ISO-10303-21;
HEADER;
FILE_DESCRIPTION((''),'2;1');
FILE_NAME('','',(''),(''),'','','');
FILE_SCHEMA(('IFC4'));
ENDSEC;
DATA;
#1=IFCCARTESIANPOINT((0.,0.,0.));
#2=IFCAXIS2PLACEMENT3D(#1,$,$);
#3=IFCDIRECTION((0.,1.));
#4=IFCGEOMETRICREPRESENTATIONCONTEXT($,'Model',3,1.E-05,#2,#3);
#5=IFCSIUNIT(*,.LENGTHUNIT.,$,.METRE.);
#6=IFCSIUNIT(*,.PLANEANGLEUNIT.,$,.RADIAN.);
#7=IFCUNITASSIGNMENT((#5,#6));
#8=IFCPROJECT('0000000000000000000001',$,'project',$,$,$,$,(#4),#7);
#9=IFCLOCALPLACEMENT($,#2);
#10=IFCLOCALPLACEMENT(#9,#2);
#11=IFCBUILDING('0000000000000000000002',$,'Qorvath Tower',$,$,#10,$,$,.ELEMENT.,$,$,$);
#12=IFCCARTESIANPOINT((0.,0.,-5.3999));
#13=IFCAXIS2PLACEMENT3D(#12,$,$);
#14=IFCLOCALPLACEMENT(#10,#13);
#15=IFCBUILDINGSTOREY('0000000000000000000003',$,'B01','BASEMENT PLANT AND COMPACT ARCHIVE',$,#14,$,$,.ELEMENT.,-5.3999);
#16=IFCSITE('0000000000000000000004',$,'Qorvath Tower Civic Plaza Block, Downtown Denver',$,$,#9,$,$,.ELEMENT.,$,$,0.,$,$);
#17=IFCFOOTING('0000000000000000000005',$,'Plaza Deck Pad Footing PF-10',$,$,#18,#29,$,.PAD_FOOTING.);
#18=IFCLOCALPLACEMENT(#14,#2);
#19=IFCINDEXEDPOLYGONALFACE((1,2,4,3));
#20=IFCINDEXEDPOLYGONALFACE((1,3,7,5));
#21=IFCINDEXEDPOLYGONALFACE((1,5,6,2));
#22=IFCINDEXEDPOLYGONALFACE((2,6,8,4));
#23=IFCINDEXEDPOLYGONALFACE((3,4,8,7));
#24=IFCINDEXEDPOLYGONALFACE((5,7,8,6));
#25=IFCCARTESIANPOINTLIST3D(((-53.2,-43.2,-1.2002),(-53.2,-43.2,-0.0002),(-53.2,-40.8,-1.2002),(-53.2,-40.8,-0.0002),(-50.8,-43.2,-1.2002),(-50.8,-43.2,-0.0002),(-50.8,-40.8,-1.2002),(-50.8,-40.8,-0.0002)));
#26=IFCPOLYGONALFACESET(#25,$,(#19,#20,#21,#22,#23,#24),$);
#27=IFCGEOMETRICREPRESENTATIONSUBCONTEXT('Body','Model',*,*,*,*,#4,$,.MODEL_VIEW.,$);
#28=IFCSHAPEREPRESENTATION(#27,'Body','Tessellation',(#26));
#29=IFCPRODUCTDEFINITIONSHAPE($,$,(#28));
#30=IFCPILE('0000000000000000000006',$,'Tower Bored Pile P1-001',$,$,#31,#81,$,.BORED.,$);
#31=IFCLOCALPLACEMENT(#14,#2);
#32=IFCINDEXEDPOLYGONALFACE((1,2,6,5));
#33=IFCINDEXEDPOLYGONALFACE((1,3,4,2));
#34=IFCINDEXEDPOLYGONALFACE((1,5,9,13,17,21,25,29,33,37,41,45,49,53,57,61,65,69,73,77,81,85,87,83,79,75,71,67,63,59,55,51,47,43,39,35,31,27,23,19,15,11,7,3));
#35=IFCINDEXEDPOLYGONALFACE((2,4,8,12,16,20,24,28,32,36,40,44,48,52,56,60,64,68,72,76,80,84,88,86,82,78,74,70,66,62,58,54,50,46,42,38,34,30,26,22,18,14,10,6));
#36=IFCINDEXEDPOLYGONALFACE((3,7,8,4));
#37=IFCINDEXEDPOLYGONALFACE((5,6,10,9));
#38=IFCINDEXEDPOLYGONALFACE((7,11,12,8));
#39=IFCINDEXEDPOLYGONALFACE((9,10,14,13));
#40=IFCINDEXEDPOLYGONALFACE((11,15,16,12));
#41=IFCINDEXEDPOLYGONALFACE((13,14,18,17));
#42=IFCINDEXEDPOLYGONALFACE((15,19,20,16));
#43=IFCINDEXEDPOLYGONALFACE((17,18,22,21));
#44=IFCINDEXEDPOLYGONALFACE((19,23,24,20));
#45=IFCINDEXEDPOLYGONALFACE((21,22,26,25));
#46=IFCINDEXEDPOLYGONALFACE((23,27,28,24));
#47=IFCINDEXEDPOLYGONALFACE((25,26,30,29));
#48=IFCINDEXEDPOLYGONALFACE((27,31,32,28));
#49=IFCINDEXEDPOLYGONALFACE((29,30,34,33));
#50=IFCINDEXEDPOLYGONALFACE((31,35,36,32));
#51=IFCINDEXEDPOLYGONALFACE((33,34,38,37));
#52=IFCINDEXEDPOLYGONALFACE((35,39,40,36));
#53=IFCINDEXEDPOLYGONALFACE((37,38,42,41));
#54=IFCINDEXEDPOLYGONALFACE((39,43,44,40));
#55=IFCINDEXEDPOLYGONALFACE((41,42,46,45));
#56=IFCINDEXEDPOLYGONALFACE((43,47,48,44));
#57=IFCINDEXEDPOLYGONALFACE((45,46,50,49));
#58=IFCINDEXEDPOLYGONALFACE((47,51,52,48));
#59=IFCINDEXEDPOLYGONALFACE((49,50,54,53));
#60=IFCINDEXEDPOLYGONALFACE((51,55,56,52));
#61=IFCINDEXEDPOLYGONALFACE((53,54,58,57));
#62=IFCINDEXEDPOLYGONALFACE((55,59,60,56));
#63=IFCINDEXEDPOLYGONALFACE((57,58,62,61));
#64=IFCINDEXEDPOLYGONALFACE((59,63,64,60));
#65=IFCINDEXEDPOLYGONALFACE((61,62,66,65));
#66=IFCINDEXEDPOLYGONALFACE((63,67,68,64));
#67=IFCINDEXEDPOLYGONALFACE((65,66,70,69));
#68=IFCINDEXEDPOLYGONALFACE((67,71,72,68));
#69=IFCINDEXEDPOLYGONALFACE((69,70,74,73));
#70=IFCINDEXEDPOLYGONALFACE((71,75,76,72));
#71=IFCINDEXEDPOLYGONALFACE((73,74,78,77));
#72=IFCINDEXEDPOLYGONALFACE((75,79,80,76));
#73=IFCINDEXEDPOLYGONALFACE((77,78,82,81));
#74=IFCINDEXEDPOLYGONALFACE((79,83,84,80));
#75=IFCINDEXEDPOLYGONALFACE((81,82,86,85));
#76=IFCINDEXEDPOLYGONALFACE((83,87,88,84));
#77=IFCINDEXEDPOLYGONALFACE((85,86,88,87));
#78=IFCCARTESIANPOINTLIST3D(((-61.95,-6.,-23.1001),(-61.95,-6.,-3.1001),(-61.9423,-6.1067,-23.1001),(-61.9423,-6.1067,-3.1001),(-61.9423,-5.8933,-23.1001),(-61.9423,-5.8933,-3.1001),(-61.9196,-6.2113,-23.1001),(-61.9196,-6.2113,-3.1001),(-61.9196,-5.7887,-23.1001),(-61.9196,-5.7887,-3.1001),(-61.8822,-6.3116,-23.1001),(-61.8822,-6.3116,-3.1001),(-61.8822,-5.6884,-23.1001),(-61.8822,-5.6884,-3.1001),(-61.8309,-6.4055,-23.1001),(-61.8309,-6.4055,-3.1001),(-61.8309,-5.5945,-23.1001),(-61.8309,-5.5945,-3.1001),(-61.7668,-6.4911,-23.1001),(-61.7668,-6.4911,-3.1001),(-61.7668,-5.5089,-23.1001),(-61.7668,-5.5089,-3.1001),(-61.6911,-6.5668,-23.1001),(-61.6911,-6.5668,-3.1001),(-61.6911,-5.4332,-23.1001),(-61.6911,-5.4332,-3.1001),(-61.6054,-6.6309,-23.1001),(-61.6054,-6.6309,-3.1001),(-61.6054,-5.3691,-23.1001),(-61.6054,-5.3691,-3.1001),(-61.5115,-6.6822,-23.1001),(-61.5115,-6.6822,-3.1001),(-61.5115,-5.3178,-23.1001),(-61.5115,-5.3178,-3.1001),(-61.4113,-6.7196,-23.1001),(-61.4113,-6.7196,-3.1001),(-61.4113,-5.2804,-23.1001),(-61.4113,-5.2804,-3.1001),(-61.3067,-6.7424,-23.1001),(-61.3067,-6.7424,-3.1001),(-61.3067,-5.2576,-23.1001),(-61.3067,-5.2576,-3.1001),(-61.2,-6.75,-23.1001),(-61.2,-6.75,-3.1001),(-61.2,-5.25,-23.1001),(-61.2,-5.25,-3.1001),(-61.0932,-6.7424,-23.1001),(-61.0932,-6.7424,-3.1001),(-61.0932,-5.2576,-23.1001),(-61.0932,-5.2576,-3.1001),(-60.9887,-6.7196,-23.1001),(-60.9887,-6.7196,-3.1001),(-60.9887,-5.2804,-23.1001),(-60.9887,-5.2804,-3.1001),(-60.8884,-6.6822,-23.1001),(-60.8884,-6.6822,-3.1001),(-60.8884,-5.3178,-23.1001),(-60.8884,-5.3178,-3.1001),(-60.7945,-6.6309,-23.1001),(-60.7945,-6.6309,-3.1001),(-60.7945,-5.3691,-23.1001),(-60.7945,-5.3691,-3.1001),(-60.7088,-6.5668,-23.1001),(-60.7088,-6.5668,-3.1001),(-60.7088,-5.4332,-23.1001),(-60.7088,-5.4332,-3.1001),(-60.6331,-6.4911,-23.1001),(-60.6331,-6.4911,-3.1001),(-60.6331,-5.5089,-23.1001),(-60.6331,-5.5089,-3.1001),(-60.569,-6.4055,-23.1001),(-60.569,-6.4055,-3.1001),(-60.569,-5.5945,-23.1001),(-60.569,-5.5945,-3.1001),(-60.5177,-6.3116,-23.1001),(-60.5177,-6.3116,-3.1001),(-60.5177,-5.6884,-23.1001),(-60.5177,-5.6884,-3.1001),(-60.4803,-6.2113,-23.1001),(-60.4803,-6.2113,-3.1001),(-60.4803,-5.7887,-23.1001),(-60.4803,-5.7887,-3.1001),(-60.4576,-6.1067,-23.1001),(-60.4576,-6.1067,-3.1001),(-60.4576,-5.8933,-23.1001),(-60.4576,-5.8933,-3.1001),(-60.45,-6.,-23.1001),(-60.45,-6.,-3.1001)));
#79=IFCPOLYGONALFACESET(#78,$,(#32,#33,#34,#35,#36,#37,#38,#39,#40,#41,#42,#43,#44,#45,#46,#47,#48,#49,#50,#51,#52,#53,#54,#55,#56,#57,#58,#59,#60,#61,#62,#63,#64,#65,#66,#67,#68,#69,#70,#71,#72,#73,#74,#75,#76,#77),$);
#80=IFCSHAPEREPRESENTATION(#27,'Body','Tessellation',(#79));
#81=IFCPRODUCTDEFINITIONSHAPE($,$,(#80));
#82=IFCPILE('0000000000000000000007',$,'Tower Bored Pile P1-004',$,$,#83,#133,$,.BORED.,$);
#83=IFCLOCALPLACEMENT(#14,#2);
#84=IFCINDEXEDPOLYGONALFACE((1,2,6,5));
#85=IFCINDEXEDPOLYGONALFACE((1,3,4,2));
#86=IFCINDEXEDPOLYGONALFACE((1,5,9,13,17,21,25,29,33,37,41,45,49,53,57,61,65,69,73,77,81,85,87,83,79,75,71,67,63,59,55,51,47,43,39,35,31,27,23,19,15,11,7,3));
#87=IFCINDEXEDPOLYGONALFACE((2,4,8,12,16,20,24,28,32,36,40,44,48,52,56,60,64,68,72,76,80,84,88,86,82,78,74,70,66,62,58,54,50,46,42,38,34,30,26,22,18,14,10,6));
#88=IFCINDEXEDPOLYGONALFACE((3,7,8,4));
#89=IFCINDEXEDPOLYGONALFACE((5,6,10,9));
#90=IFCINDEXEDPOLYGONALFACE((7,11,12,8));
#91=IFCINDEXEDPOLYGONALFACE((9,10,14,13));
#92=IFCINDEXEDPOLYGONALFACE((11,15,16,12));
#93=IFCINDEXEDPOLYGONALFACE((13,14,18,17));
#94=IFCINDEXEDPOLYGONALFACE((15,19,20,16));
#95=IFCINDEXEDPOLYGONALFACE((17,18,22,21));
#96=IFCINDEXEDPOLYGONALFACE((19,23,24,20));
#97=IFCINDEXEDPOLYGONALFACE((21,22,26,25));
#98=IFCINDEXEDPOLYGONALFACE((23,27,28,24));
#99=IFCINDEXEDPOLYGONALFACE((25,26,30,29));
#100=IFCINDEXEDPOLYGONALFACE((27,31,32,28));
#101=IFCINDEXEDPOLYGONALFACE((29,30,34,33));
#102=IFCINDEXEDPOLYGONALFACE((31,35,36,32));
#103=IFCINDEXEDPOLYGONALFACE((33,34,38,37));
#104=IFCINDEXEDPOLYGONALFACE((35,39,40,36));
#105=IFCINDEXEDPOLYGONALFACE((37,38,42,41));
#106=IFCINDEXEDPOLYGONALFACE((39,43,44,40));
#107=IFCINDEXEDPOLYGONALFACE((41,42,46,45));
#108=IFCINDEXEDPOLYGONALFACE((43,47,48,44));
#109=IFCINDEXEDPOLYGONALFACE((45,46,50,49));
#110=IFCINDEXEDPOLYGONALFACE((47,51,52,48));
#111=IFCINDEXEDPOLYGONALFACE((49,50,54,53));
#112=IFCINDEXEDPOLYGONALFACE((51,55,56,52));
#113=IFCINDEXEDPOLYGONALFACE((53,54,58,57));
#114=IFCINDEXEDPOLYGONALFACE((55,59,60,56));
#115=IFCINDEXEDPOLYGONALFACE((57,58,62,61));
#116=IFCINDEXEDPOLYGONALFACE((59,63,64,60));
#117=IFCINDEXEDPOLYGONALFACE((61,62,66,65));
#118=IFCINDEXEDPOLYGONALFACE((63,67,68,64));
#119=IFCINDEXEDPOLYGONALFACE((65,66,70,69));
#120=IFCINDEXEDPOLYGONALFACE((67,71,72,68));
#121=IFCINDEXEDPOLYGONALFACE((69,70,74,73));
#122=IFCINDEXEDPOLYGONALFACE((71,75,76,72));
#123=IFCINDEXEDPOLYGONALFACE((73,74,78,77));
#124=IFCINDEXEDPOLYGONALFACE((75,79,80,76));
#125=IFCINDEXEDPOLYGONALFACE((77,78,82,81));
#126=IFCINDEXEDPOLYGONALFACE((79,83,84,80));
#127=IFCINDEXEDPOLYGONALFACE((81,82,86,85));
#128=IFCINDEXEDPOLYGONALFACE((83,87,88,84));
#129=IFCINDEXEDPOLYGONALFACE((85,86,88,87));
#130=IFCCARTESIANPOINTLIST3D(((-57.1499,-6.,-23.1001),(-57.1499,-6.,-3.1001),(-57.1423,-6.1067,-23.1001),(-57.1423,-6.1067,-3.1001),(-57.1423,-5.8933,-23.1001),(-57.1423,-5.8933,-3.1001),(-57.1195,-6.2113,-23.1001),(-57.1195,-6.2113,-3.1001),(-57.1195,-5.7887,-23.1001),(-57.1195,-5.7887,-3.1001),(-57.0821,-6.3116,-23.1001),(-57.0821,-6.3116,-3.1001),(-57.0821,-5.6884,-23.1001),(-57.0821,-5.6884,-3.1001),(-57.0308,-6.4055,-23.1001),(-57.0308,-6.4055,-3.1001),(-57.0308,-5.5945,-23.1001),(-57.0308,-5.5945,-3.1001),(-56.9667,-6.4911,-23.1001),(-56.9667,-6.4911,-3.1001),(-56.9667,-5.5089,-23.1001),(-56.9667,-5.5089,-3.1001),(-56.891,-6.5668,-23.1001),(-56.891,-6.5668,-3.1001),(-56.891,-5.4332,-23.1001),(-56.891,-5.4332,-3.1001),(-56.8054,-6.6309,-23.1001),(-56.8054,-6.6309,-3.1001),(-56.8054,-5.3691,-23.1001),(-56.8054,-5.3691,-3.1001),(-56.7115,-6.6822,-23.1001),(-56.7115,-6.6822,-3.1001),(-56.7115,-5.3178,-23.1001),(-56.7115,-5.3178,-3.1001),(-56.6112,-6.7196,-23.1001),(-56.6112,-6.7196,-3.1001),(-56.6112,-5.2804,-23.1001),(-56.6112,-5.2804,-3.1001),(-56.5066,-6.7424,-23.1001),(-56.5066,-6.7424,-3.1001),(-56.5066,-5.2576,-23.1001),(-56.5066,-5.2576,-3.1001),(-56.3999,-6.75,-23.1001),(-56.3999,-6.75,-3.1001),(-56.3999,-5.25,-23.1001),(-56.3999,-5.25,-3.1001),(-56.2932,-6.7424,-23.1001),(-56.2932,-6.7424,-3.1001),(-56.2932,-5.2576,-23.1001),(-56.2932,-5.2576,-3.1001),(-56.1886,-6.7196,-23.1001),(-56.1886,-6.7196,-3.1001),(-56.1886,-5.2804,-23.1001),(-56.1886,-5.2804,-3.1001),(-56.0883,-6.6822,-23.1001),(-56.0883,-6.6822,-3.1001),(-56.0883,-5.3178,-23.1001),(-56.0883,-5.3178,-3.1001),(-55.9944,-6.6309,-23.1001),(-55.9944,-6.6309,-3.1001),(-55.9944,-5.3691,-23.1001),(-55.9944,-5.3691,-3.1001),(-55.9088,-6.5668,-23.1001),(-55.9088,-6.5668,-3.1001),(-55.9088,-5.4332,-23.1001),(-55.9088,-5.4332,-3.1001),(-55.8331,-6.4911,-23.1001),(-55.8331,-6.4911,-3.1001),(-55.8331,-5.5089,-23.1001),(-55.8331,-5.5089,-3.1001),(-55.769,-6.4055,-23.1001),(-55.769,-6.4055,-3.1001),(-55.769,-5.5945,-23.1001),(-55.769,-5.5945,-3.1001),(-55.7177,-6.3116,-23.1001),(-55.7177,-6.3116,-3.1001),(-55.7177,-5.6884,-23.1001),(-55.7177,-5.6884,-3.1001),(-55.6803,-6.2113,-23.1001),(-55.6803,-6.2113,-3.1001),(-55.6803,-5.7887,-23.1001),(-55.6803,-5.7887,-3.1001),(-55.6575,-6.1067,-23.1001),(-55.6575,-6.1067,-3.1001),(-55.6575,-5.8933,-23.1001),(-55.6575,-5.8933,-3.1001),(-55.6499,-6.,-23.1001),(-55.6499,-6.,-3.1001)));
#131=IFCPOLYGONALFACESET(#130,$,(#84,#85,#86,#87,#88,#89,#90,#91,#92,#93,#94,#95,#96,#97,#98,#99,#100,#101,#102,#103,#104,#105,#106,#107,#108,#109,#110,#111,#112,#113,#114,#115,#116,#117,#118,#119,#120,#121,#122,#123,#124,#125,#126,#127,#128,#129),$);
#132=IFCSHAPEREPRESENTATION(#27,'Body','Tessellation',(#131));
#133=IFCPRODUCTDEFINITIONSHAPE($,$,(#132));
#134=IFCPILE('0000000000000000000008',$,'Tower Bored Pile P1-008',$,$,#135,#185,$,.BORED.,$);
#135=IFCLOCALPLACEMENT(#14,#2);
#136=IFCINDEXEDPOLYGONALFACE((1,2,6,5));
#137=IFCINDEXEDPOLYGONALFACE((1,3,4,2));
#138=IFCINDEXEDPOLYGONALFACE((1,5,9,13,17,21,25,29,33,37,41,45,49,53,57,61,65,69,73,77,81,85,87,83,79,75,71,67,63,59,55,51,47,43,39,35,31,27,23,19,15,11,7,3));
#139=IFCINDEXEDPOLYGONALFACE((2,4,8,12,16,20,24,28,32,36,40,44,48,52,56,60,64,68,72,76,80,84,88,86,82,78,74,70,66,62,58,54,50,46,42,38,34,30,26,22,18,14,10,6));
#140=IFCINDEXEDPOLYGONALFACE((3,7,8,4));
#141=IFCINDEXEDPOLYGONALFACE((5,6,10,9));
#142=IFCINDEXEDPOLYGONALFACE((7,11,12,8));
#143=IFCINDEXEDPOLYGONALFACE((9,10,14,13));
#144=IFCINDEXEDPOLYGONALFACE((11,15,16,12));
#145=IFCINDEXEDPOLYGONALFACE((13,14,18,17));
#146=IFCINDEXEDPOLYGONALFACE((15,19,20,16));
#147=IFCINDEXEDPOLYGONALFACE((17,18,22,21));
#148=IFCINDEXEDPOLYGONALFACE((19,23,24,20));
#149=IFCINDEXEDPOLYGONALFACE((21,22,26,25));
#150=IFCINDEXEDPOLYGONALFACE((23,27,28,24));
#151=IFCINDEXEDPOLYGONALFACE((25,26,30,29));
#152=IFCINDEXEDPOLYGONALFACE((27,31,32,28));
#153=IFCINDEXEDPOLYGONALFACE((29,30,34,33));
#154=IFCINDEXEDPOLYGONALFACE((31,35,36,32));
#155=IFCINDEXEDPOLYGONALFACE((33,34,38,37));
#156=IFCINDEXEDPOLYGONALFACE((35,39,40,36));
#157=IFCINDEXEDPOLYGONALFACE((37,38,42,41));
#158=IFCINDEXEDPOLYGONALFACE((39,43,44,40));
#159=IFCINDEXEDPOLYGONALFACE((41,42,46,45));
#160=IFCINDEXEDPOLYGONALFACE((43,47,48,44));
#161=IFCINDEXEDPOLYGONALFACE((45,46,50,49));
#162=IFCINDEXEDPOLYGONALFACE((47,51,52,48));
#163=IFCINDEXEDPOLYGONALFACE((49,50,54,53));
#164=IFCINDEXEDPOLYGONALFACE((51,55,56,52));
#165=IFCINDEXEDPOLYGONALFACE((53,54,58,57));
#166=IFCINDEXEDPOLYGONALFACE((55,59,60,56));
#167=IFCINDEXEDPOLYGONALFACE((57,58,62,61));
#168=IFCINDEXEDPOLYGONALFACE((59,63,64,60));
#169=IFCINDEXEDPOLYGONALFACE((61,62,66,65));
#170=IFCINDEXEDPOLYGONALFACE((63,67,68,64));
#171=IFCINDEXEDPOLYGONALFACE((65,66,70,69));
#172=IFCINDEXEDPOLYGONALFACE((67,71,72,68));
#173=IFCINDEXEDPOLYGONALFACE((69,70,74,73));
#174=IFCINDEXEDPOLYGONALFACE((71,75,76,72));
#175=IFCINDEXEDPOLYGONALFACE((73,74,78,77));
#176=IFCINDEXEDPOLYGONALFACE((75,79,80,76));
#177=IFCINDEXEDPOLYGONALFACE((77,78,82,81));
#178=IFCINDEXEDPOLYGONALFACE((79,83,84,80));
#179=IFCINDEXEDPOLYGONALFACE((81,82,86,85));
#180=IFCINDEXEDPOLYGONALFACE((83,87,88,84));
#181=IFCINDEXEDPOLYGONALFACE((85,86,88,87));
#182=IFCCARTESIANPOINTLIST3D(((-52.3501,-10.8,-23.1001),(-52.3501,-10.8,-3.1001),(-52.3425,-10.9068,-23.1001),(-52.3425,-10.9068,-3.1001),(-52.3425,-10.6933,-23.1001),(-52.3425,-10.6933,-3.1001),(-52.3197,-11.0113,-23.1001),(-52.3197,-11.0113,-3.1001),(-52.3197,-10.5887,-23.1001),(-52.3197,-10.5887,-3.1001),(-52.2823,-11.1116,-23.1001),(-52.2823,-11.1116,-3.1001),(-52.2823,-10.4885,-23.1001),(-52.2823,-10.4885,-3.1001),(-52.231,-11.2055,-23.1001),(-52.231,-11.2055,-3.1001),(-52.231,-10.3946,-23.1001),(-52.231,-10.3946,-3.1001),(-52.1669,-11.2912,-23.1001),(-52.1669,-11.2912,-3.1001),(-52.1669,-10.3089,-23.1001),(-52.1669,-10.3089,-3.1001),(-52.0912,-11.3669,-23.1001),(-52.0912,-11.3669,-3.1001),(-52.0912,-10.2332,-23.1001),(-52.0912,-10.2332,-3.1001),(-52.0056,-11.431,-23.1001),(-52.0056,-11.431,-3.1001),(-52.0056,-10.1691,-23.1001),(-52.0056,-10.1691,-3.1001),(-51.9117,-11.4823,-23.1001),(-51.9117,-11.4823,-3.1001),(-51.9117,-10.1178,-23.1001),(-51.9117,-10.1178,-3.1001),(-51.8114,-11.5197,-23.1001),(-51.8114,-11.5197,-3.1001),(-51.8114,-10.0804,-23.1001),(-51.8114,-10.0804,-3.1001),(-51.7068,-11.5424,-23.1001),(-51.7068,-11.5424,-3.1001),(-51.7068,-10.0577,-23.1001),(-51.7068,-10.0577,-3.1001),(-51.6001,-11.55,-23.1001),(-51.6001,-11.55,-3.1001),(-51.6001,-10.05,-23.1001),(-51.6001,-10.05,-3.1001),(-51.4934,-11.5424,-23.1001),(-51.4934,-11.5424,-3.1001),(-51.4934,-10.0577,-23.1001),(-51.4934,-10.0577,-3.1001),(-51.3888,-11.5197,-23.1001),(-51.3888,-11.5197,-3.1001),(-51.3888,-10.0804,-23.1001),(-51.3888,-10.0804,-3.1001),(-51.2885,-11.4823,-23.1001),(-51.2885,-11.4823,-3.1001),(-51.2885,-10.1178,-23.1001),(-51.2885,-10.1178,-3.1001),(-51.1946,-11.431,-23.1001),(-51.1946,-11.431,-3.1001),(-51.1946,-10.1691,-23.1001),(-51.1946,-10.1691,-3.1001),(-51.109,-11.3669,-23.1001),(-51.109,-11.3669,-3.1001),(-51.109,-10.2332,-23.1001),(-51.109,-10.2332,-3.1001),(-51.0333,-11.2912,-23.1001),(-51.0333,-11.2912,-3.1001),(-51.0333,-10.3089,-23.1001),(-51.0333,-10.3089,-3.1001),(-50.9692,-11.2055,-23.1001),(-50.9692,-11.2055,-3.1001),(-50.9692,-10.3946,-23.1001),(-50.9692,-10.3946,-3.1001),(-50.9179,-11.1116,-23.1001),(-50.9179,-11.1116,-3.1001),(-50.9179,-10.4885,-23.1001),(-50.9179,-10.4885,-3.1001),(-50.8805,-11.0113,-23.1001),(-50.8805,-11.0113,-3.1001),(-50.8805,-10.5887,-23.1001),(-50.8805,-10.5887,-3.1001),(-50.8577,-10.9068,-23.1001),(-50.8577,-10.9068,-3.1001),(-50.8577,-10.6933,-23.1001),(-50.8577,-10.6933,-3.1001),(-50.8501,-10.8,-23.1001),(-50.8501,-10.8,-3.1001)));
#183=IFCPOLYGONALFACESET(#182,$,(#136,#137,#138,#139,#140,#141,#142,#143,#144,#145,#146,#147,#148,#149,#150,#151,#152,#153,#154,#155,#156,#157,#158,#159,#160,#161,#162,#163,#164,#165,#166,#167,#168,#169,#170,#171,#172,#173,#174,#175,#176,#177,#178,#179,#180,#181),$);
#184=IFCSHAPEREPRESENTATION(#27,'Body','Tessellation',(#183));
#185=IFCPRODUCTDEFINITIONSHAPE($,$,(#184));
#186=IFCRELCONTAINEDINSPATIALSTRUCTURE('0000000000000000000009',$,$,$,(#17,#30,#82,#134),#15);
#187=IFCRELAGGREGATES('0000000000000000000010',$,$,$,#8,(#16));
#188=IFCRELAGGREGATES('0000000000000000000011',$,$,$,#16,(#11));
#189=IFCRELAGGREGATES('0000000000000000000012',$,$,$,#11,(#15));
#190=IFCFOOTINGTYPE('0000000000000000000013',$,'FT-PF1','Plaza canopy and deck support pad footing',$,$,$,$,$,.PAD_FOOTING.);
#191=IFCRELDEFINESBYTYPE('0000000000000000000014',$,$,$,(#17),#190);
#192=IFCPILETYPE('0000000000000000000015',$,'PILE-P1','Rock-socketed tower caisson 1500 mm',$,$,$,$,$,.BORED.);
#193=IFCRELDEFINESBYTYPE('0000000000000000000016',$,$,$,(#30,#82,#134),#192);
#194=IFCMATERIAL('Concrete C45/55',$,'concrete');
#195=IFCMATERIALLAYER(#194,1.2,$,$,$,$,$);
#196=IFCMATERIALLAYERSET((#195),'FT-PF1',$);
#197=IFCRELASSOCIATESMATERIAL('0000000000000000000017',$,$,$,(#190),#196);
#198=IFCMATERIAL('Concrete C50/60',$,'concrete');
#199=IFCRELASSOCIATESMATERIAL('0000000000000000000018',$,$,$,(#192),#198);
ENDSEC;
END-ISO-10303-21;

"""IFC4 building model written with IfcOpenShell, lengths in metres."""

from ifc_helpers import new_model, si_unit, direction, frame, origin, origin_2d, place, context, subcontext, project, spatial, rectangle, circle, extrude, material, layer, layer_set, material_profile, profile_set, type_object, element, save


model = new_model("IFC4")

# Units and contexts
model_context = context("Model", 3, precision=1e-05, world=origin(), true_north=direction((0.0, 1.0)))
body_context = subcontext(model_context, "Body", "Model", "MODEL_VIEW")
ifc_project = project(units=[si_unit("LENGTHUNIT", "METRE"), si_unit("PLANEANGLEUNIT", "RADIAN")], contexts=[model_context])

# Site, building, storey
site_placement = place(None, origin())
site = spatial("IfcSite", under=ifc_project, at=site_placement, Name="Qorvath Tower Civic Plaza Block, Downtown Denver", CompositionType="ELEMENT", RefElevation=0.0)
building_placement = place(site_placement, origin())
building = spatial("IfcBuilding", under=site, at=building_placement, Name="Qorvath Tower", CompositionType="ELEMENT")
storey_placement = place(building_placement, frame((0.0, 0.0, -5.3999)))
storey = spatial("IfcBuildingStorey", under=building, at=storey_placement, Name="B01", Description="BASEMENT PLANT AND COMPACT ARCHIVE", CompositionType="ELEMENT", Elevation=-5.3999)

# Footing
ifc_material_1 = material(Name="Concrete C45/55", Category="concrete")
ifc_layer_1 = layer(ifc_material_1, 1.2)
ifc_layer_set_1 = layer_set([ifc_layer_1], Name="FT-PF1")
footing_type = type_object("IfcFootingType", Name="FT-PF1", Description="Plaza canopy and deck support pad footing", PredefinedType="PAD_FOOTING", material=ifc_layer_set_1)
footing_placement = place(storey_placement, frame((-52.0, -42.0, -1.2002), z_axis=(0.0, 0.0, 1.0), x_axis=(1.0, 0.0, 0.0)))
element("IfcFooting", 1, at=footing_placement, inside=storey, type_object=footing_type, Name="Plaza Deck Pad Footing PF-10", PredefinedType="PAD_FOOTING", context=body_context, shape_type="SweptSolid", body=[
    extrude(rectangle(XDim=2.3999, YDim=2.3999, at=origin_2d()), origin(), (0.0, 0.0, 1.0), 1.2),
])

# Piles
ifc_material_2 = material(Name="Concrete C50/60", Category="concrete")
ifc_material_profile_1 = material_profile(ifc_material_2, circle(Radius=0.75, at=origin_2d()), Name="BORED PILE 1500")
ifc_profile_set_1 = profile_set([ifc_material_profile_1], Name="Concrete C50/60")
pile_type = type_object("IfcPileType", Name="PILE-P1", Description="Rock-socketed tower caisson 1500 mm", PredefinedType="BORED", material=ifc_profile_set_1)
for number, where, z_axis, x_axis, name in (
    (2, (-61.2, -6.0, -3.1001), (0.0, 0.0, -1.0), (1.0, 0.0, 0.0), "Tower Bored Pile P1-001"),
    (3, (-56.3999, -6.0, -3.1001), (0.0, 0.0, -1.0), (1.0, 0.0, 0.0), "Tower Bored Pile P1-004"),
    (4, (-51.6001, -10.8, -3.1001), (0.0, 0.0, -1.0), (1.0, 0.0, 0.0), "Tower Bored Pile P1-008"),
):
    element("IfcPile", number, at=place(storey_placement, frame(where, z_axis=z_axis, x_axis=x_axis)), inside=storey, type_object=pile_type, Name=name, PredefinedType="BORED", context=body_context, shape_type="SweptSolid", body=[
        extrude(circle(Radius=0.75, at=origin_2d()), origin(), (0.0, 0.0, 1.0), 20.0),
    ])

save(model, "model.ifc")
